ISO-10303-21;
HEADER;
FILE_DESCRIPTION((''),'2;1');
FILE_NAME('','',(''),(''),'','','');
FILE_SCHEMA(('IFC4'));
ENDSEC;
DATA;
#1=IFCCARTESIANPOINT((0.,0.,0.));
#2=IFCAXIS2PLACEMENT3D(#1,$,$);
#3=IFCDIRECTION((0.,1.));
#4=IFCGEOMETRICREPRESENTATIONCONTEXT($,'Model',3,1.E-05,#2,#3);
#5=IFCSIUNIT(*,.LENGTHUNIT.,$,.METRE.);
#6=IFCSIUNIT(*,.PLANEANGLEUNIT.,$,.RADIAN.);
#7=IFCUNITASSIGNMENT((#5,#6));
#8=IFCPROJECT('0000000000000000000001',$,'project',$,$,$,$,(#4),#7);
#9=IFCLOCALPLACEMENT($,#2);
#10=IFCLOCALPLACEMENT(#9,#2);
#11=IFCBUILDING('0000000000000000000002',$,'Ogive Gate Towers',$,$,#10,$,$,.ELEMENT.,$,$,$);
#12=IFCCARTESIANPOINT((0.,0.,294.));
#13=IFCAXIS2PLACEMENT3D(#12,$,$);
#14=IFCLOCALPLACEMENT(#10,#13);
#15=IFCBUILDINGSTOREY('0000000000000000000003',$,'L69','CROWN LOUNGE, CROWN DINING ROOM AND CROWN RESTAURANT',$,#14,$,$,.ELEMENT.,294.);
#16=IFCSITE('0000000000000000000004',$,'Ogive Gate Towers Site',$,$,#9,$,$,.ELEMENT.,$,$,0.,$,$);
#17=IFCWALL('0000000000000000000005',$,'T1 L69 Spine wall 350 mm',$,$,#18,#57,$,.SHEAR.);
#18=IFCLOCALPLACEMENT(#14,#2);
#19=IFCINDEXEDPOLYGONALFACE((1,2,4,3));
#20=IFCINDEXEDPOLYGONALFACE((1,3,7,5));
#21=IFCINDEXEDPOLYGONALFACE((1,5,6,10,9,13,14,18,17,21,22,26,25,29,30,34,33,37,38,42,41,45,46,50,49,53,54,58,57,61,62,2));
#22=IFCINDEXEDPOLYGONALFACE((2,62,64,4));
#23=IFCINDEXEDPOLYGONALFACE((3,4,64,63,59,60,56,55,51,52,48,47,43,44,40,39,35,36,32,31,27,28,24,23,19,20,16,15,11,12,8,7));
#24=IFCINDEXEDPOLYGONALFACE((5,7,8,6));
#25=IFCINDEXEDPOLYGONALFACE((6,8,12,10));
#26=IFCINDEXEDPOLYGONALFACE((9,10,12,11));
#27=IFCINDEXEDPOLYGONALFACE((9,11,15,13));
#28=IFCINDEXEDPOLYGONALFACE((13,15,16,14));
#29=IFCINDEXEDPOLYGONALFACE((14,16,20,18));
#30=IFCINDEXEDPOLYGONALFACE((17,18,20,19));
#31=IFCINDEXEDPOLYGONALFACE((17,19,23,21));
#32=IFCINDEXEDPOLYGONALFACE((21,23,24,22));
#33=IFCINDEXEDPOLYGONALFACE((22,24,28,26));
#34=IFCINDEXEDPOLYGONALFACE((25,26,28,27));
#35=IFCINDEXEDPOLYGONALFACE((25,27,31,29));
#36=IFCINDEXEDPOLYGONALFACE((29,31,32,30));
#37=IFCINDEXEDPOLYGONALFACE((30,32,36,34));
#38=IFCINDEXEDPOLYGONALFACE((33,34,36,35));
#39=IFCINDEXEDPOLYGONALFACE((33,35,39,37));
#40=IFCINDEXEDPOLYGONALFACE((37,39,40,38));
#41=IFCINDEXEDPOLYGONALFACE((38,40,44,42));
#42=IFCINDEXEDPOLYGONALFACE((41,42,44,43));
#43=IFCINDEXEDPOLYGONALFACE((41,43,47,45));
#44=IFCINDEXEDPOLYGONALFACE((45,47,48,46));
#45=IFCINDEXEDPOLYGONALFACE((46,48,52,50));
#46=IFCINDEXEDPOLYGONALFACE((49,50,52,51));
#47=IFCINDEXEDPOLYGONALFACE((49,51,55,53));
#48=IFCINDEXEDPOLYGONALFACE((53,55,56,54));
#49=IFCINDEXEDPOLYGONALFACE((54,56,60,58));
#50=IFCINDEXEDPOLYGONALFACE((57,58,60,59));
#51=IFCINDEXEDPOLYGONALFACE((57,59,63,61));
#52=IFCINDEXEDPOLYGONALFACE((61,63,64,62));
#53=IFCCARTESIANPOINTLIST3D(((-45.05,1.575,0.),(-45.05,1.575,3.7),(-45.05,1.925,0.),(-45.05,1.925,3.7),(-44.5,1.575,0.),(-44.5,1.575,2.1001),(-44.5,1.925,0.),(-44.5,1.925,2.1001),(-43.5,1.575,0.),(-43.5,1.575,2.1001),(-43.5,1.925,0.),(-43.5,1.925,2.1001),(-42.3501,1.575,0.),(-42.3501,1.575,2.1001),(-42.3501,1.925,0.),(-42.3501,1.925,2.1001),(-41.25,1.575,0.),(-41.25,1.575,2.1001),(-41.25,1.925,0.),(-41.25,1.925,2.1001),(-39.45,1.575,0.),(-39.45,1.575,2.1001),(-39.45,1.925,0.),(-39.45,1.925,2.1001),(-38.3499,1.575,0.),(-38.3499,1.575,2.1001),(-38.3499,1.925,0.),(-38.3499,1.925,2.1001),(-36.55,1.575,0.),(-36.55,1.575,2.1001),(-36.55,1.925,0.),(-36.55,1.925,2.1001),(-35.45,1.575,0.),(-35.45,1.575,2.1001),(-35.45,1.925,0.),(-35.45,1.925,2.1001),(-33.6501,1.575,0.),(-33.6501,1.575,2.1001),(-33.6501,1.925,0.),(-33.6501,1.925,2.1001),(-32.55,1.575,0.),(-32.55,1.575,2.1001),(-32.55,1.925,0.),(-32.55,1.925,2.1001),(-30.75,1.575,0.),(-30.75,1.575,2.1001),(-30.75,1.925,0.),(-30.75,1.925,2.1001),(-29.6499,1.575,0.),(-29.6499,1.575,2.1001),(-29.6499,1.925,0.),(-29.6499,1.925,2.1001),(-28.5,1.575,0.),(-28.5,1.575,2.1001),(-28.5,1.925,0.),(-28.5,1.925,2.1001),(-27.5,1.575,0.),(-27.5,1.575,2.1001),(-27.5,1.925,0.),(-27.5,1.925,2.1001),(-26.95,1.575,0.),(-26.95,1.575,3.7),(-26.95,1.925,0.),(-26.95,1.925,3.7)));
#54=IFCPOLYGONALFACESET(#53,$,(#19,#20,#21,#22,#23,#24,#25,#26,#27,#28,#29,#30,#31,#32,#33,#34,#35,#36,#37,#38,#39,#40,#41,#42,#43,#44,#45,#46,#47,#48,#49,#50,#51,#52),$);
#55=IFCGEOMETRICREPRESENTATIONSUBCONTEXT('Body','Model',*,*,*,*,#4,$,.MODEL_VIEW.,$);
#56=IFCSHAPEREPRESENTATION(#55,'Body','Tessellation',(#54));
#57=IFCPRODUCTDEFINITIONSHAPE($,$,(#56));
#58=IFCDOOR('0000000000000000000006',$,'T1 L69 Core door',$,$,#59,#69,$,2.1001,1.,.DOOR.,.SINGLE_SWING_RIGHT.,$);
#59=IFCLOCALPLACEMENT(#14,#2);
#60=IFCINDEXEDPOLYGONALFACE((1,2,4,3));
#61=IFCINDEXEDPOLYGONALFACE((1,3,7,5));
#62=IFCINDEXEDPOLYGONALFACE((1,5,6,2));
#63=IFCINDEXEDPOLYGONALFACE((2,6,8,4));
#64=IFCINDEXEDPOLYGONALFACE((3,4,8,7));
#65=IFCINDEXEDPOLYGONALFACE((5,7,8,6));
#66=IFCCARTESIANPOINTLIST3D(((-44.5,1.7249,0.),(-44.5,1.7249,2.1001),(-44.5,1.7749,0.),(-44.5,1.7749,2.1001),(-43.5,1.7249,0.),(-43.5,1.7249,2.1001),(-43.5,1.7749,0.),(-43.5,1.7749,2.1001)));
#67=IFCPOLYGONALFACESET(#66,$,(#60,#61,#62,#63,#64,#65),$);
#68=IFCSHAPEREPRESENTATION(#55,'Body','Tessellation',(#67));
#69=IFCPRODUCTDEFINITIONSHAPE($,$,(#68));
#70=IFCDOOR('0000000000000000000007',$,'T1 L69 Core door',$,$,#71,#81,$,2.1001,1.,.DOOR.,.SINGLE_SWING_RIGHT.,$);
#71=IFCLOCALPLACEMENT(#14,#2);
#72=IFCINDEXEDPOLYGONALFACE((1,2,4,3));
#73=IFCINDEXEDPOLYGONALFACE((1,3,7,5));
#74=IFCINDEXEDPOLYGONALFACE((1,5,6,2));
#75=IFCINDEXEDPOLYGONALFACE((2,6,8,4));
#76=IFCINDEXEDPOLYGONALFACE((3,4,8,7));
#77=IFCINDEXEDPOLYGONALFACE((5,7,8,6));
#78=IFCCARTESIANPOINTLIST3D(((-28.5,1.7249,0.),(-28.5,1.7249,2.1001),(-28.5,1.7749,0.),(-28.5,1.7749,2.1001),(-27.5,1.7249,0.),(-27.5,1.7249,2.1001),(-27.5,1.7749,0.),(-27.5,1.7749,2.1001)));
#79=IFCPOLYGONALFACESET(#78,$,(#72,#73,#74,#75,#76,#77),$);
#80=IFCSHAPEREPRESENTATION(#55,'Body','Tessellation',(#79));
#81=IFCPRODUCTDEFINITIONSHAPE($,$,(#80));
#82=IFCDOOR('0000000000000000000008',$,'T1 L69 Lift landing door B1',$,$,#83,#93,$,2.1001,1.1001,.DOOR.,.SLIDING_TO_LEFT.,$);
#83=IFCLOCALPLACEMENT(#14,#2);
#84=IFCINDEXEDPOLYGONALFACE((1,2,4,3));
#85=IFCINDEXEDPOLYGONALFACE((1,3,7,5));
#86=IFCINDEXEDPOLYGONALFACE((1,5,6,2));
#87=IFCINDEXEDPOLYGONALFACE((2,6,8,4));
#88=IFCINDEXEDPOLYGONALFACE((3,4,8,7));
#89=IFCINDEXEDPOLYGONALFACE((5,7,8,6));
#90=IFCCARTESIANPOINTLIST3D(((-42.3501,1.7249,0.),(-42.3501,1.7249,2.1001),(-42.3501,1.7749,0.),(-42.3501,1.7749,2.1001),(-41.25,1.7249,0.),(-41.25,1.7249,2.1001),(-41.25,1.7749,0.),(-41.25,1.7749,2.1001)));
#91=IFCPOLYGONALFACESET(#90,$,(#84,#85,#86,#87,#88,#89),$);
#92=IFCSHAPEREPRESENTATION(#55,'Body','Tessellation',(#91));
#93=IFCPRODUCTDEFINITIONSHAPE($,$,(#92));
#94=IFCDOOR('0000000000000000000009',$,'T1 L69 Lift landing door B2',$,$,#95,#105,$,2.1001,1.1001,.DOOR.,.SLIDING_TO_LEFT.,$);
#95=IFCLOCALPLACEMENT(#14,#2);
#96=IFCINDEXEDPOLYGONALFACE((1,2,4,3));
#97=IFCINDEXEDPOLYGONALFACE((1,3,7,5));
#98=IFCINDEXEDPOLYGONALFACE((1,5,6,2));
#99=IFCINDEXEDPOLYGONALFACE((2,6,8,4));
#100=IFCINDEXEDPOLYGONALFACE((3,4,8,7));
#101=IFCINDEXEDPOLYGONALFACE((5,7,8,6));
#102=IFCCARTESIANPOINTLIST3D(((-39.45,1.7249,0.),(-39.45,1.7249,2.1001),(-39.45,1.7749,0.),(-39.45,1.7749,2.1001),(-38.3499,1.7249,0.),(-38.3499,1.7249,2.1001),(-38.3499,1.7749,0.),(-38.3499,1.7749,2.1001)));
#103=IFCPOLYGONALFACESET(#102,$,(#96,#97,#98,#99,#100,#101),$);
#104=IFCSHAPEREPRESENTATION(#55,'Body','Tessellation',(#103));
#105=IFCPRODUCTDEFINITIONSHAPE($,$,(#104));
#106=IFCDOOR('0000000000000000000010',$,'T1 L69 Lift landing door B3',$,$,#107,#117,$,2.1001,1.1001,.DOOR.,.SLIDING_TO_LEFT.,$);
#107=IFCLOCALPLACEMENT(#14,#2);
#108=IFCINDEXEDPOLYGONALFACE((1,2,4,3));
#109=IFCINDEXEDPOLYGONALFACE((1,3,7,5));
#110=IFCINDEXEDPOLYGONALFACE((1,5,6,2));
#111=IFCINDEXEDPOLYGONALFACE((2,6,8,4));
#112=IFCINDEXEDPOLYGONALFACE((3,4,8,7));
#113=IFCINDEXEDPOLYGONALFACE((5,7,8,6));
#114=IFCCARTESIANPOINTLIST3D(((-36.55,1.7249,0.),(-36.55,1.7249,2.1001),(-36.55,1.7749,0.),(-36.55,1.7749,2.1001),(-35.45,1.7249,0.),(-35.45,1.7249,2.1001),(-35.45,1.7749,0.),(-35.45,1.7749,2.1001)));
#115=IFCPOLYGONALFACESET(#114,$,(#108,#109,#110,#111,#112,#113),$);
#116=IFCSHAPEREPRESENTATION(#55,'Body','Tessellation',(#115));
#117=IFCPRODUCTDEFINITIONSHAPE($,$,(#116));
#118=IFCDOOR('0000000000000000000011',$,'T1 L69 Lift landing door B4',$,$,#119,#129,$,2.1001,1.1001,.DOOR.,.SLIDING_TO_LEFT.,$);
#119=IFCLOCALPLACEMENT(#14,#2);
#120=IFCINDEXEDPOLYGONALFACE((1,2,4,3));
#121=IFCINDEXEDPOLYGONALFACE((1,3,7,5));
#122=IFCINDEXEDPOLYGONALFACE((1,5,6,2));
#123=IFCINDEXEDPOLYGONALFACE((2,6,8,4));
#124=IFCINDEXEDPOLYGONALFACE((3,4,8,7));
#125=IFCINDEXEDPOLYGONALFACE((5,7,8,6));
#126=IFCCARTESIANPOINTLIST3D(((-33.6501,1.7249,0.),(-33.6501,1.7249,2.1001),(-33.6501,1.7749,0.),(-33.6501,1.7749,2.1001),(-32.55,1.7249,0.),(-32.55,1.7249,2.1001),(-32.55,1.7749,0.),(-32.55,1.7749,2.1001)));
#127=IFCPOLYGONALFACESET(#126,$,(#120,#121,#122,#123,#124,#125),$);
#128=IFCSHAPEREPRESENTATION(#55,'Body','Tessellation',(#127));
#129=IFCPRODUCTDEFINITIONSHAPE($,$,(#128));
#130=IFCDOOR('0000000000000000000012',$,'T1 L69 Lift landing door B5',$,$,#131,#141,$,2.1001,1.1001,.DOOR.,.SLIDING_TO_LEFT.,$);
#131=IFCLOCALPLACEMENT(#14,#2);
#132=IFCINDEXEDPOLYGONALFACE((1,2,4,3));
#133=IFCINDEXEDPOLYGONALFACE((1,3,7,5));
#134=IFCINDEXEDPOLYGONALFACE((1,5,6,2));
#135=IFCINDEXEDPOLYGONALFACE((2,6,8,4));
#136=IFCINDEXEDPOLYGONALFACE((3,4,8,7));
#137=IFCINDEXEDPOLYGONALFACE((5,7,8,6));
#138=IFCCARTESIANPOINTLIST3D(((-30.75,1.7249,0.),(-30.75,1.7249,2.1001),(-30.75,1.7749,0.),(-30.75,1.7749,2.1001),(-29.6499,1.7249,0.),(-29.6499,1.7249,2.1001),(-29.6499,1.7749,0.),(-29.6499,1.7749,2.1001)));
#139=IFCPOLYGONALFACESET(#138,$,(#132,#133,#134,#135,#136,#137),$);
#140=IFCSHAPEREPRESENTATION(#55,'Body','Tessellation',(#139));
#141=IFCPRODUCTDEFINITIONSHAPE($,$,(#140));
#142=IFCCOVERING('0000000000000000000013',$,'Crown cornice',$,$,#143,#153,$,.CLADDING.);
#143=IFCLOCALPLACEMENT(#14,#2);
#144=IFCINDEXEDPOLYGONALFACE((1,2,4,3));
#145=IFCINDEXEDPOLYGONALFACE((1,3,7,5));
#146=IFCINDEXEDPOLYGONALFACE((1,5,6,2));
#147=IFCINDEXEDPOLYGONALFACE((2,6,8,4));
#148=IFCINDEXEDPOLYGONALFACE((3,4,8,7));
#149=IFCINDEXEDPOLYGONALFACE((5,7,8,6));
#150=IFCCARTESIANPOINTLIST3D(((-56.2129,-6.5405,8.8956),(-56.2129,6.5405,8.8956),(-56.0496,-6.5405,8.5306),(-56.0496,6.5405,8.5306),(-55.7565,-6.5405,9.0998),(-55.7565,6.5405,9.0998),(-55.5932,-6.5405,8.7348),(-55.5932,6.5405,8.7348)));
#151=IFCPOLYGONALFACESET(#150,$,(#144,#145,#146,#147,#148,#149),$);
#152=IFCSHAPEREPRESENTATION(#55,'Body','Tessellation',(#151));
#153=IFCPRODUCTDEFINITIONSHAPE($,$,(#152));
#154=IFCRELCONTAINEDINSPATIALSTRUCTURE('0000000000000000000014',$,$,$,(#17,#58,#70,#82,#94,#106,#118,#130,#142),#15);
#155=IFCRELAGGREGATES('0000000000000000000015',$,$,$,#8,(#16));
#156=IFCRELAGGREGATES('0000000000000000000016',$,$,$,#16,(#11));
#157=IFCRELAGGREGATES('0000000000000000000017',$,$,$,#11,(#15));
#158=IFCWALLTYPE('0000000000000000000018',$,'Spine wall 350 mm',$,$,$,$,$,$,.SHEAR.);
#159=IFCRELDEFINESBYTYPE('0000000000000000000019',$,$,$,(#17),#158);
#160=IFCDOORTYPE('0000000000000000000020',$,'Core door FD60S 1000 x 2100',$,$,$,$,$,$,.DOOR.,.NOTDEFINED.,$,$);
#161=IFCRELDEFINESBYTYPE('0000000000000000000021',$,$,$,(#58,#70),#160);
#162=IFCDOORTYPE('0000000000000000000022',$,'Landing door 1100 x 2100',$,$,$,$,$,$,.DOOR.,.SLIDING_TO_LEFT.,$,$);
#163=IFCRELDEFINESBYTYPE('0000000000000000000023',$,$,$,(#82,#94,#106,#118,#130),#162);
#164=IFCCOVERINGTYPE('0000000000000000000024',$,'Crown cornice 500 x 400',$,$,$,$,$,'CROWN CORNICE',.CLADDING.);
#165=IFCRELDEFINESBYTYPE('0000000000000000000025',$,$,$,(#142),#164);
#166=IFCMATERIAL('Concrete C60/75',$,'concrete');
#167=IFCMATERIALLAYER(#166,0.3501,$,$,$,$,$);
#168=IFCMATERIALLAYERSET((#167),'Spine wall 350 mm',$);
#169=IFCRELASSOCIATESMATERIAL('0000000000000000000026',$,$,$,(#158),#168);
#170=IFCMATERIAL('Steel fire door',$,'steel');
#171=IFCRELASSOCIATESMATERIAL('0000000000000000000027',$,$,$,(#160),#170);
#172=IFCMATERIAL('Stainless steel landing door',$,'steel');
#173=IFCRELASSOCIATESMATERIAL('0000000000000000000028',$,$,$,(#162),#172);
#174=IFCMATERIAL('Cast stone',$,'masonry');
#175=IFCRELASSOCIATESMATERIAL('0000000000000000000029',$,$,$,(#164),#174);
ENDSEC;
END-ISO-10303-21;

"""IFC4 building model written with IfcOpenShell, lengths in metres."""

from ifc_helpers import new_model, si_unit, direction, frame, frame_2d, origin, origin_2d, place, context, subcontext, project, spatial, rectangle, extrude, material, layer, layer_set, material_profile, profile_set, type_object, element, fill, save


model = new_model("IFC4")

# Units and contexts
model_context = context("Model", 3, precision=1e-05, world=origin(), true_north=direction((0.0, 1.0)))
body_context = subcontext(model_context, "Body", "Model", "MODEL_VIEW")
ifc_project = project(units=[si_unit("LENGTHUNIT", "METRE"), si_unit("PLANEANGLEUNIT", "RADIAN")], contexts=[model_context])

# Site, building, storey
site_placement = place(None, origin())
site = spatial("IfcSite", under=ifc_project, at=site_placement, Name="Ogive Gate Towers Site", CompositionType="ELEMENT", RefElevation=0.0)
building_placement = place(site_placement, origin())
building = spatial("IfcBuilding", under=site, at=building_placement, Name="Ogive Gate Towers", CompositionType="ELEMENT")
storey_placement = place(building_placement, frame((0.0, 0.0, 294.0)))
storey = spatial("IfcBuildingStorey", under=building, at=storey_placement, Name="L69", Description="CROWN LOUNGE, CROWN DINING ROOM AND CROWN RESTAURANT", CompositionType="ELEMENT", Elevation=294.0)

# Wall, openings, doors
ifc_material_1 = material(Name="Concrete C60/75", Category="concrete")
ifc_layer_1 = layer(ifc_material_1, 0.3501)
ifc_layer_set_1 = layer_set([ifc_layer_1], Name="Spine wall 350 mm")
wall_type = type_object("IfcWallType", Name="Spine wall 350 mm", PredefinedType="SHEAR", material=ifc_layer_set_1)
wall_placement = place(storey_placement, frame((-45.05, 1.75, 0.0), z_axis=(0.0, 0.0, 1.0), x_axis=(1.0, 0.0, 0.0)))
wall = element("IfcWall", 1, at=wall_placement, inside=storey, type_object=wall_type, Name="T1 L69 Spine wall 350 mm", PredefinedType="SHEAR", context=body_context, shape_type="SweptSolid", body=[
    extrude(rectangle(XDim=18.1001, YDim=0.3501, at=frame_2d((9.05, 0.0))), origin(), (0.0, 0.0, 1.0), 3.7),
])
opening_1_placement = place(wall_placement, frame((0.55, 0.0, 0.0)))
opening_1 = element("IfcOpeningElement", 2, at=opening_1_placement, cuts=wall, PredefinedType="OPENING", context=body_context, shape_type="SweptSolid", body=[
    extrude(rectangle(XDim=1.0, YDim=2.1001, at=frame_2d((0.5, 1.05))), frame((0.0, 0.1851, 0.0), z_axis=(0.0, -1.0, 0.0), x_axis=(1.0, 0.0, 0.0)), (0.0, 0.0, 1.0), 0.3701),
])
opening_2_placement = place(wall_placement, frame((2.7, 0.0, 0.0)))
opening_2 = element("IfcOpeningElement", 3, at=opening_2_placement, cuts=wall, PredefinedType="OPENING", context=body_context, shape_type="SweptSolid", body=[
    extrude(rectangle(XDim=1.1001, YDim=2.1001, at=frame_2d((0.55, 1.05))), frame((0.0, 0.1851, 0.0), z_axis=(0.0, -1.0, 0.0), x_axis=(1.0, 0.0, 0.0)), (0.0, 0.0, 1.0), 0.3701),
])
opening_3_placement = place(wall_placement, frame((5.6001, 0.0, 0.0)))
opening_3 = element("IfcOpeningElement", 4, at=opening_3_placement, cuts=wall, PredefinedType="OPENING", context=body_context, shape_type="SweptSolid", body=[
    extrude(rectangle(XDim=1.1001, YDim=2.1001, at=frame_2d((0.55, 1.05))), frame((0.0, 0.1851, 0.0), z_axis=(0.0, -1.0, 0.0), x_axis=(1.0, 0.0, 0.0)), (0.0, 0.0, 1.0), 0.3701),
])
opening_4_placement = place(wall_placement, frame((8.5, 0.0, 0.0)))
opening_4 = element("IfcOpeningElement", 5, at=opening_4_placement, cuts=wall, PredefinedType="OPENING", context=body_context, shape_type="SweptSolid", body=[
    extrude(rectangle(XDim=1.1001, YDim=2.1001, at=frame_2d((0.55, 1.05))), frame((0.0, 0.1851, 0.0), z_axis=(0.0, -1.0, 0.0), x_axis=(1.0, 0.0, 0.0)), (0.0, 0.0, 1.0), 0.3701),
])
opening_5_placement = place(wall_placement, frame((11.3999, 0.0, 0.0)))
opening_5 = element("IfcOpeningElement", 6, at=opening_5_placement, cuts=wall, PredefinedType="OPENING", context=body_context, shape_type="SweptSolid", body=[
    extrude(rectangle(XDim=1.1001, YDim=2.1001, at=frame_2d((0.55, 1.05))), frame((0.0, 0.1851, 0.0), z_axis=(0.0, -1.0, 0.0), x_axis=(1.0, 0.0, 0.0)), (0.0, 0.0, 1.0), 0.3701),
])
opening_6_placement = place(wall_placement, frame((14.3, 0.0, 0.0)))
opening_6 = element("IfcOpeningElement", 7, at=opening_6_placement, cuts=wall, PredefinedType="OPENING", context=body_context, shape_type="SweptSolid", body=[
    extrude(rectangle(XDim=1.1001, YDim=2.1001, at=frame_2d((0.55, 1.05))), frame((0.0, 0.1851, 0.0), z_axis=(0.0, -1.0, 0.0), x_axis=(1.0, 0.0, 0.0)), (0.0, 0.0, 1.0), 0.3701),
])
opening_7_placement = place(wall_placement, frame((16.55, 0.0, 0.0)))
opening_7 = element("IfcOpeningElement", 8, at=opening_7_placement, cuts=wall, PredefinedType="OPENING", context=body_context, shape_type="SweptSolid", body=[
    extrude(rectangle(XDim=1.0, YDim=2.1001, at=frame_2d((0.5, 1.05))), frame((0.0, 0.1851, 0.0), z_axis=(0.0, -1.0, 0.0), x_axis=(1.0, 0.0, 0.0)), (0.0, 0.0, 1.0), 0.3701),
])
ifc_material_2 = material(Name="Steel fire door", Category="steel")
door_type_1 = type_object("IfcDoorType", Name="Core door FD60S 1000 x 2100", OperationType="NOTDEFINED", PredefinedType="DOOR", material=ifc_material_2)
door_1_placement = place(opening_1_placement, origin())
door_1 = element("IfcDoor", 9, at=door_1_placement, inside=storey, type_object=door_type_1, Name="T1 L69 Core door", OperationType="SINGLE_SWING_RIGHT", OverallHeight=2.1001, OverallWidth=1.0, PredefinedType="DOOR", context=body_context, shape_type="SweptSolid", body=[
    extrude(rectangle(XDim=1.0, YDim=2.1001, at=frame_2d((0.5, 1.05))), frame((0.0, 0.0249, 0.0), z_axis=(0.0, -1.0, 0.0), x_axis=(1.0, 0.0, 0.0)), (0.0, 0.0, 1.0), 0.05),
])
fill(opening_1, door_1)
door_2_placement = place(opening_7_placement, origin())
door_2 = element("IfcDoor", 10, at=door_2_placement, inside=storey, type_object=door_type_1, Name="T1 L69 Core door", OperationType="SINGLE_SWING_RIGHT", OverallHeight=2.1001, OverallWidth=1.0, PredefinedType="DOOR", context=body_context, shape_type="SweptSolid", body=[
    extrude(rectangle(XDim=1.0, YDim=2.1001, at=frame_2d((0.5, 1.05))), frame((0.0, 0.0249, 0.0), z_axis=(0.0, -1.0, 0.0), x_axis=(1.0, 0.0, 0.0)), (0.0, 0.0, 1.0), 0.05),
])
fill(opening_7, door_2)
ifc_material_3 = material(Name="Stainless steel landing door", Category="steel")
door_type_2 = type_object("IfcDoorType", Name="Landing door 1100 x 2100", OperationType="SLIDING_TO_LEFT", PredefinedType="DOOR", material=ifc_material_3)
door_3_placement = place(opening_2_placement, origin())
door_3 = element("IfcDoor", 11, at=door_3_placement, inside=storey, type_object=door_type_2, Name="T1 L69 Lift landing door B1", OperationType="SLIDING_TO_LEFT", OverallHeight=2.1001, OverallWidth=1.1001, PredefinedType="DOOR", context=body_context, shape_type="SweptSolid", body=[
    extrude(rectangle(XDim=1.1001, YDim=2.1001, at=frame_2d((0.55, 1.05))), frame((0.0, 0.0249, 0.0), z_axis=(0.0, -1.0, 0.0), x_axis=(1.0, 0.0, 0.0)), (0.0, 0.0, 1.0), 0.05),
])
fill(opening_2, door_3)
door_4_placement = place(opening_3_placement, origin())
door_4 = element("IfcDoor", 12, at=door_4_placement, inside=storey, type_object=door_type_2, Name="T1 L69 Lift landing door B2", OperationType="SLIDING_TO_LEFT", OverallHeight=2.1001, OverallWidth=1.1001, PredefinedType="DOOR", context=body_context, shape_type="SweptSolid", body=[
    extrude(rectangle(XDim=1.1001, YDim=2.1001, at=frame_2d((0.55, 1.05))), frame((0.0, 0.0249, 0.0), z_axis=(0.0, -1.0, 0.0), x_axis=(1.0, 0.0, 0.0)), (0.0, 0.0, 1.0), 0.05),
])
fill(opening_3, door_4)
door_5_placement = place(opening_4_placement, origin())
door_5 = element("IfcDoor", 13, at=door_5_placement, inside=storey, type_object=door_type_2, Name="T1 L69 Lift landing door B3", OperationType="SLIDING_TO_LEFT", OverallHeight=2.1001, OverallWidth=1.1001, PredefinedType="DOOR", context=body_context, shape_type="SweptSolid", body=[
    extrude(rectangle(XDim=1.1001, YDim=2.1001, at=frame_2d((0.55, 1.05))), frame((0.0, 0.0249, 0.0), z_axis=(0.0, -1.0, 0.0), x_axis=(1.0, 0.0, 0.0)), (0.0, 0.0, 1.0), 0.05),
])
fill(opening_4, door_5)
door_6_placement = place(opening_5_placement, origin())
door_6 = element("IfcDoor", 14, at=door_6_placement, inside=storey, type_object=door_type_2, Name="T1 L69 Lift landing door B4", OperationType="SLIDING_TO_LEFT", OverallHeight=2.1001, OverallWidth=1.1001, PredefinedType="DOOR", context=body_context, shape_type="SweptSolid", body=[
    extrude(rectangle(XDim=1.1001, YDim=2.1001, at=frame_2d((0.55, 1.05))), frame((0.0, 0.0249, 0.0), z_axis=(0.0, -1.0, 0.0), x_axis=(1.0, 0.0, 0.0)), (0.0, 0.0, 1.0), 0.05),
])
fill(opening_5, door_6)
door_7_placement = place(opening_6_placement, origin())
door_7 = element("IfcDoor", 15, at=door_7_placement, inside=storey, type_object=door_type_2, Name="T1 L69 Lift landing door B5", OperationType="SLIDING_TO_LEFT", OverallHeight=2.1001, OverallWidth=1.1001, PredefinedType="DOOR", context=body_context, shape_type="SweptSolid", body=[
    extrude(rectangle(XDim=1.1001, YDim=2.1001, at=frame_2d((0.55, 1.05))), frame((0.0, 0.0249, 0.0), z_axis=(0.0, -1.0, 0.0), x_axis=(1.0, 0.0, 0.0)), (0.0, 0.0, 1.0), 0.05),
])
fill(opening_6, door_7)

# Covering
ifc_material_4 = material(Name="Cast stone", Category="masonry")
ifc_material_profile_1 = material_profile(ifc_material_4, rectangle(XDim=0.5, YDim=0.3999, at=origin_2d()), Name="500 x 400 cast stone")
ifc_profile_set_1 = profile_set([ifc_material_profile_1], Name="Cast stone")
covering_type = type_object("IfcCoveringType", Name="Crown cornice 500 x 400", ElementType="CROWN CORNICE", PredefinedType="CLADDING", material=ifc_profile_set_1)
covering_placement = place(storey_placement, frame((-55.9031, 6.5405, 8.8152), z_axis=(0.0, -1.0, 0.0), x_axis=(-0.91282, 0.0, -0.408362)))
element("IfcCovering", 16, at=covering_placement, inside=storey, type_object=covering_type, Name="Crown cornice", PredefinedType="CLADDING", context=body_context, shape_type="SweptSolid", body=[
    extrude(rectangle(XDim=0.5, YDim=0.3999, at=origin_2d()), origin(), (0.0, 0.0, 1.0), 13.0811),
])

save(model, "model.ifc")
